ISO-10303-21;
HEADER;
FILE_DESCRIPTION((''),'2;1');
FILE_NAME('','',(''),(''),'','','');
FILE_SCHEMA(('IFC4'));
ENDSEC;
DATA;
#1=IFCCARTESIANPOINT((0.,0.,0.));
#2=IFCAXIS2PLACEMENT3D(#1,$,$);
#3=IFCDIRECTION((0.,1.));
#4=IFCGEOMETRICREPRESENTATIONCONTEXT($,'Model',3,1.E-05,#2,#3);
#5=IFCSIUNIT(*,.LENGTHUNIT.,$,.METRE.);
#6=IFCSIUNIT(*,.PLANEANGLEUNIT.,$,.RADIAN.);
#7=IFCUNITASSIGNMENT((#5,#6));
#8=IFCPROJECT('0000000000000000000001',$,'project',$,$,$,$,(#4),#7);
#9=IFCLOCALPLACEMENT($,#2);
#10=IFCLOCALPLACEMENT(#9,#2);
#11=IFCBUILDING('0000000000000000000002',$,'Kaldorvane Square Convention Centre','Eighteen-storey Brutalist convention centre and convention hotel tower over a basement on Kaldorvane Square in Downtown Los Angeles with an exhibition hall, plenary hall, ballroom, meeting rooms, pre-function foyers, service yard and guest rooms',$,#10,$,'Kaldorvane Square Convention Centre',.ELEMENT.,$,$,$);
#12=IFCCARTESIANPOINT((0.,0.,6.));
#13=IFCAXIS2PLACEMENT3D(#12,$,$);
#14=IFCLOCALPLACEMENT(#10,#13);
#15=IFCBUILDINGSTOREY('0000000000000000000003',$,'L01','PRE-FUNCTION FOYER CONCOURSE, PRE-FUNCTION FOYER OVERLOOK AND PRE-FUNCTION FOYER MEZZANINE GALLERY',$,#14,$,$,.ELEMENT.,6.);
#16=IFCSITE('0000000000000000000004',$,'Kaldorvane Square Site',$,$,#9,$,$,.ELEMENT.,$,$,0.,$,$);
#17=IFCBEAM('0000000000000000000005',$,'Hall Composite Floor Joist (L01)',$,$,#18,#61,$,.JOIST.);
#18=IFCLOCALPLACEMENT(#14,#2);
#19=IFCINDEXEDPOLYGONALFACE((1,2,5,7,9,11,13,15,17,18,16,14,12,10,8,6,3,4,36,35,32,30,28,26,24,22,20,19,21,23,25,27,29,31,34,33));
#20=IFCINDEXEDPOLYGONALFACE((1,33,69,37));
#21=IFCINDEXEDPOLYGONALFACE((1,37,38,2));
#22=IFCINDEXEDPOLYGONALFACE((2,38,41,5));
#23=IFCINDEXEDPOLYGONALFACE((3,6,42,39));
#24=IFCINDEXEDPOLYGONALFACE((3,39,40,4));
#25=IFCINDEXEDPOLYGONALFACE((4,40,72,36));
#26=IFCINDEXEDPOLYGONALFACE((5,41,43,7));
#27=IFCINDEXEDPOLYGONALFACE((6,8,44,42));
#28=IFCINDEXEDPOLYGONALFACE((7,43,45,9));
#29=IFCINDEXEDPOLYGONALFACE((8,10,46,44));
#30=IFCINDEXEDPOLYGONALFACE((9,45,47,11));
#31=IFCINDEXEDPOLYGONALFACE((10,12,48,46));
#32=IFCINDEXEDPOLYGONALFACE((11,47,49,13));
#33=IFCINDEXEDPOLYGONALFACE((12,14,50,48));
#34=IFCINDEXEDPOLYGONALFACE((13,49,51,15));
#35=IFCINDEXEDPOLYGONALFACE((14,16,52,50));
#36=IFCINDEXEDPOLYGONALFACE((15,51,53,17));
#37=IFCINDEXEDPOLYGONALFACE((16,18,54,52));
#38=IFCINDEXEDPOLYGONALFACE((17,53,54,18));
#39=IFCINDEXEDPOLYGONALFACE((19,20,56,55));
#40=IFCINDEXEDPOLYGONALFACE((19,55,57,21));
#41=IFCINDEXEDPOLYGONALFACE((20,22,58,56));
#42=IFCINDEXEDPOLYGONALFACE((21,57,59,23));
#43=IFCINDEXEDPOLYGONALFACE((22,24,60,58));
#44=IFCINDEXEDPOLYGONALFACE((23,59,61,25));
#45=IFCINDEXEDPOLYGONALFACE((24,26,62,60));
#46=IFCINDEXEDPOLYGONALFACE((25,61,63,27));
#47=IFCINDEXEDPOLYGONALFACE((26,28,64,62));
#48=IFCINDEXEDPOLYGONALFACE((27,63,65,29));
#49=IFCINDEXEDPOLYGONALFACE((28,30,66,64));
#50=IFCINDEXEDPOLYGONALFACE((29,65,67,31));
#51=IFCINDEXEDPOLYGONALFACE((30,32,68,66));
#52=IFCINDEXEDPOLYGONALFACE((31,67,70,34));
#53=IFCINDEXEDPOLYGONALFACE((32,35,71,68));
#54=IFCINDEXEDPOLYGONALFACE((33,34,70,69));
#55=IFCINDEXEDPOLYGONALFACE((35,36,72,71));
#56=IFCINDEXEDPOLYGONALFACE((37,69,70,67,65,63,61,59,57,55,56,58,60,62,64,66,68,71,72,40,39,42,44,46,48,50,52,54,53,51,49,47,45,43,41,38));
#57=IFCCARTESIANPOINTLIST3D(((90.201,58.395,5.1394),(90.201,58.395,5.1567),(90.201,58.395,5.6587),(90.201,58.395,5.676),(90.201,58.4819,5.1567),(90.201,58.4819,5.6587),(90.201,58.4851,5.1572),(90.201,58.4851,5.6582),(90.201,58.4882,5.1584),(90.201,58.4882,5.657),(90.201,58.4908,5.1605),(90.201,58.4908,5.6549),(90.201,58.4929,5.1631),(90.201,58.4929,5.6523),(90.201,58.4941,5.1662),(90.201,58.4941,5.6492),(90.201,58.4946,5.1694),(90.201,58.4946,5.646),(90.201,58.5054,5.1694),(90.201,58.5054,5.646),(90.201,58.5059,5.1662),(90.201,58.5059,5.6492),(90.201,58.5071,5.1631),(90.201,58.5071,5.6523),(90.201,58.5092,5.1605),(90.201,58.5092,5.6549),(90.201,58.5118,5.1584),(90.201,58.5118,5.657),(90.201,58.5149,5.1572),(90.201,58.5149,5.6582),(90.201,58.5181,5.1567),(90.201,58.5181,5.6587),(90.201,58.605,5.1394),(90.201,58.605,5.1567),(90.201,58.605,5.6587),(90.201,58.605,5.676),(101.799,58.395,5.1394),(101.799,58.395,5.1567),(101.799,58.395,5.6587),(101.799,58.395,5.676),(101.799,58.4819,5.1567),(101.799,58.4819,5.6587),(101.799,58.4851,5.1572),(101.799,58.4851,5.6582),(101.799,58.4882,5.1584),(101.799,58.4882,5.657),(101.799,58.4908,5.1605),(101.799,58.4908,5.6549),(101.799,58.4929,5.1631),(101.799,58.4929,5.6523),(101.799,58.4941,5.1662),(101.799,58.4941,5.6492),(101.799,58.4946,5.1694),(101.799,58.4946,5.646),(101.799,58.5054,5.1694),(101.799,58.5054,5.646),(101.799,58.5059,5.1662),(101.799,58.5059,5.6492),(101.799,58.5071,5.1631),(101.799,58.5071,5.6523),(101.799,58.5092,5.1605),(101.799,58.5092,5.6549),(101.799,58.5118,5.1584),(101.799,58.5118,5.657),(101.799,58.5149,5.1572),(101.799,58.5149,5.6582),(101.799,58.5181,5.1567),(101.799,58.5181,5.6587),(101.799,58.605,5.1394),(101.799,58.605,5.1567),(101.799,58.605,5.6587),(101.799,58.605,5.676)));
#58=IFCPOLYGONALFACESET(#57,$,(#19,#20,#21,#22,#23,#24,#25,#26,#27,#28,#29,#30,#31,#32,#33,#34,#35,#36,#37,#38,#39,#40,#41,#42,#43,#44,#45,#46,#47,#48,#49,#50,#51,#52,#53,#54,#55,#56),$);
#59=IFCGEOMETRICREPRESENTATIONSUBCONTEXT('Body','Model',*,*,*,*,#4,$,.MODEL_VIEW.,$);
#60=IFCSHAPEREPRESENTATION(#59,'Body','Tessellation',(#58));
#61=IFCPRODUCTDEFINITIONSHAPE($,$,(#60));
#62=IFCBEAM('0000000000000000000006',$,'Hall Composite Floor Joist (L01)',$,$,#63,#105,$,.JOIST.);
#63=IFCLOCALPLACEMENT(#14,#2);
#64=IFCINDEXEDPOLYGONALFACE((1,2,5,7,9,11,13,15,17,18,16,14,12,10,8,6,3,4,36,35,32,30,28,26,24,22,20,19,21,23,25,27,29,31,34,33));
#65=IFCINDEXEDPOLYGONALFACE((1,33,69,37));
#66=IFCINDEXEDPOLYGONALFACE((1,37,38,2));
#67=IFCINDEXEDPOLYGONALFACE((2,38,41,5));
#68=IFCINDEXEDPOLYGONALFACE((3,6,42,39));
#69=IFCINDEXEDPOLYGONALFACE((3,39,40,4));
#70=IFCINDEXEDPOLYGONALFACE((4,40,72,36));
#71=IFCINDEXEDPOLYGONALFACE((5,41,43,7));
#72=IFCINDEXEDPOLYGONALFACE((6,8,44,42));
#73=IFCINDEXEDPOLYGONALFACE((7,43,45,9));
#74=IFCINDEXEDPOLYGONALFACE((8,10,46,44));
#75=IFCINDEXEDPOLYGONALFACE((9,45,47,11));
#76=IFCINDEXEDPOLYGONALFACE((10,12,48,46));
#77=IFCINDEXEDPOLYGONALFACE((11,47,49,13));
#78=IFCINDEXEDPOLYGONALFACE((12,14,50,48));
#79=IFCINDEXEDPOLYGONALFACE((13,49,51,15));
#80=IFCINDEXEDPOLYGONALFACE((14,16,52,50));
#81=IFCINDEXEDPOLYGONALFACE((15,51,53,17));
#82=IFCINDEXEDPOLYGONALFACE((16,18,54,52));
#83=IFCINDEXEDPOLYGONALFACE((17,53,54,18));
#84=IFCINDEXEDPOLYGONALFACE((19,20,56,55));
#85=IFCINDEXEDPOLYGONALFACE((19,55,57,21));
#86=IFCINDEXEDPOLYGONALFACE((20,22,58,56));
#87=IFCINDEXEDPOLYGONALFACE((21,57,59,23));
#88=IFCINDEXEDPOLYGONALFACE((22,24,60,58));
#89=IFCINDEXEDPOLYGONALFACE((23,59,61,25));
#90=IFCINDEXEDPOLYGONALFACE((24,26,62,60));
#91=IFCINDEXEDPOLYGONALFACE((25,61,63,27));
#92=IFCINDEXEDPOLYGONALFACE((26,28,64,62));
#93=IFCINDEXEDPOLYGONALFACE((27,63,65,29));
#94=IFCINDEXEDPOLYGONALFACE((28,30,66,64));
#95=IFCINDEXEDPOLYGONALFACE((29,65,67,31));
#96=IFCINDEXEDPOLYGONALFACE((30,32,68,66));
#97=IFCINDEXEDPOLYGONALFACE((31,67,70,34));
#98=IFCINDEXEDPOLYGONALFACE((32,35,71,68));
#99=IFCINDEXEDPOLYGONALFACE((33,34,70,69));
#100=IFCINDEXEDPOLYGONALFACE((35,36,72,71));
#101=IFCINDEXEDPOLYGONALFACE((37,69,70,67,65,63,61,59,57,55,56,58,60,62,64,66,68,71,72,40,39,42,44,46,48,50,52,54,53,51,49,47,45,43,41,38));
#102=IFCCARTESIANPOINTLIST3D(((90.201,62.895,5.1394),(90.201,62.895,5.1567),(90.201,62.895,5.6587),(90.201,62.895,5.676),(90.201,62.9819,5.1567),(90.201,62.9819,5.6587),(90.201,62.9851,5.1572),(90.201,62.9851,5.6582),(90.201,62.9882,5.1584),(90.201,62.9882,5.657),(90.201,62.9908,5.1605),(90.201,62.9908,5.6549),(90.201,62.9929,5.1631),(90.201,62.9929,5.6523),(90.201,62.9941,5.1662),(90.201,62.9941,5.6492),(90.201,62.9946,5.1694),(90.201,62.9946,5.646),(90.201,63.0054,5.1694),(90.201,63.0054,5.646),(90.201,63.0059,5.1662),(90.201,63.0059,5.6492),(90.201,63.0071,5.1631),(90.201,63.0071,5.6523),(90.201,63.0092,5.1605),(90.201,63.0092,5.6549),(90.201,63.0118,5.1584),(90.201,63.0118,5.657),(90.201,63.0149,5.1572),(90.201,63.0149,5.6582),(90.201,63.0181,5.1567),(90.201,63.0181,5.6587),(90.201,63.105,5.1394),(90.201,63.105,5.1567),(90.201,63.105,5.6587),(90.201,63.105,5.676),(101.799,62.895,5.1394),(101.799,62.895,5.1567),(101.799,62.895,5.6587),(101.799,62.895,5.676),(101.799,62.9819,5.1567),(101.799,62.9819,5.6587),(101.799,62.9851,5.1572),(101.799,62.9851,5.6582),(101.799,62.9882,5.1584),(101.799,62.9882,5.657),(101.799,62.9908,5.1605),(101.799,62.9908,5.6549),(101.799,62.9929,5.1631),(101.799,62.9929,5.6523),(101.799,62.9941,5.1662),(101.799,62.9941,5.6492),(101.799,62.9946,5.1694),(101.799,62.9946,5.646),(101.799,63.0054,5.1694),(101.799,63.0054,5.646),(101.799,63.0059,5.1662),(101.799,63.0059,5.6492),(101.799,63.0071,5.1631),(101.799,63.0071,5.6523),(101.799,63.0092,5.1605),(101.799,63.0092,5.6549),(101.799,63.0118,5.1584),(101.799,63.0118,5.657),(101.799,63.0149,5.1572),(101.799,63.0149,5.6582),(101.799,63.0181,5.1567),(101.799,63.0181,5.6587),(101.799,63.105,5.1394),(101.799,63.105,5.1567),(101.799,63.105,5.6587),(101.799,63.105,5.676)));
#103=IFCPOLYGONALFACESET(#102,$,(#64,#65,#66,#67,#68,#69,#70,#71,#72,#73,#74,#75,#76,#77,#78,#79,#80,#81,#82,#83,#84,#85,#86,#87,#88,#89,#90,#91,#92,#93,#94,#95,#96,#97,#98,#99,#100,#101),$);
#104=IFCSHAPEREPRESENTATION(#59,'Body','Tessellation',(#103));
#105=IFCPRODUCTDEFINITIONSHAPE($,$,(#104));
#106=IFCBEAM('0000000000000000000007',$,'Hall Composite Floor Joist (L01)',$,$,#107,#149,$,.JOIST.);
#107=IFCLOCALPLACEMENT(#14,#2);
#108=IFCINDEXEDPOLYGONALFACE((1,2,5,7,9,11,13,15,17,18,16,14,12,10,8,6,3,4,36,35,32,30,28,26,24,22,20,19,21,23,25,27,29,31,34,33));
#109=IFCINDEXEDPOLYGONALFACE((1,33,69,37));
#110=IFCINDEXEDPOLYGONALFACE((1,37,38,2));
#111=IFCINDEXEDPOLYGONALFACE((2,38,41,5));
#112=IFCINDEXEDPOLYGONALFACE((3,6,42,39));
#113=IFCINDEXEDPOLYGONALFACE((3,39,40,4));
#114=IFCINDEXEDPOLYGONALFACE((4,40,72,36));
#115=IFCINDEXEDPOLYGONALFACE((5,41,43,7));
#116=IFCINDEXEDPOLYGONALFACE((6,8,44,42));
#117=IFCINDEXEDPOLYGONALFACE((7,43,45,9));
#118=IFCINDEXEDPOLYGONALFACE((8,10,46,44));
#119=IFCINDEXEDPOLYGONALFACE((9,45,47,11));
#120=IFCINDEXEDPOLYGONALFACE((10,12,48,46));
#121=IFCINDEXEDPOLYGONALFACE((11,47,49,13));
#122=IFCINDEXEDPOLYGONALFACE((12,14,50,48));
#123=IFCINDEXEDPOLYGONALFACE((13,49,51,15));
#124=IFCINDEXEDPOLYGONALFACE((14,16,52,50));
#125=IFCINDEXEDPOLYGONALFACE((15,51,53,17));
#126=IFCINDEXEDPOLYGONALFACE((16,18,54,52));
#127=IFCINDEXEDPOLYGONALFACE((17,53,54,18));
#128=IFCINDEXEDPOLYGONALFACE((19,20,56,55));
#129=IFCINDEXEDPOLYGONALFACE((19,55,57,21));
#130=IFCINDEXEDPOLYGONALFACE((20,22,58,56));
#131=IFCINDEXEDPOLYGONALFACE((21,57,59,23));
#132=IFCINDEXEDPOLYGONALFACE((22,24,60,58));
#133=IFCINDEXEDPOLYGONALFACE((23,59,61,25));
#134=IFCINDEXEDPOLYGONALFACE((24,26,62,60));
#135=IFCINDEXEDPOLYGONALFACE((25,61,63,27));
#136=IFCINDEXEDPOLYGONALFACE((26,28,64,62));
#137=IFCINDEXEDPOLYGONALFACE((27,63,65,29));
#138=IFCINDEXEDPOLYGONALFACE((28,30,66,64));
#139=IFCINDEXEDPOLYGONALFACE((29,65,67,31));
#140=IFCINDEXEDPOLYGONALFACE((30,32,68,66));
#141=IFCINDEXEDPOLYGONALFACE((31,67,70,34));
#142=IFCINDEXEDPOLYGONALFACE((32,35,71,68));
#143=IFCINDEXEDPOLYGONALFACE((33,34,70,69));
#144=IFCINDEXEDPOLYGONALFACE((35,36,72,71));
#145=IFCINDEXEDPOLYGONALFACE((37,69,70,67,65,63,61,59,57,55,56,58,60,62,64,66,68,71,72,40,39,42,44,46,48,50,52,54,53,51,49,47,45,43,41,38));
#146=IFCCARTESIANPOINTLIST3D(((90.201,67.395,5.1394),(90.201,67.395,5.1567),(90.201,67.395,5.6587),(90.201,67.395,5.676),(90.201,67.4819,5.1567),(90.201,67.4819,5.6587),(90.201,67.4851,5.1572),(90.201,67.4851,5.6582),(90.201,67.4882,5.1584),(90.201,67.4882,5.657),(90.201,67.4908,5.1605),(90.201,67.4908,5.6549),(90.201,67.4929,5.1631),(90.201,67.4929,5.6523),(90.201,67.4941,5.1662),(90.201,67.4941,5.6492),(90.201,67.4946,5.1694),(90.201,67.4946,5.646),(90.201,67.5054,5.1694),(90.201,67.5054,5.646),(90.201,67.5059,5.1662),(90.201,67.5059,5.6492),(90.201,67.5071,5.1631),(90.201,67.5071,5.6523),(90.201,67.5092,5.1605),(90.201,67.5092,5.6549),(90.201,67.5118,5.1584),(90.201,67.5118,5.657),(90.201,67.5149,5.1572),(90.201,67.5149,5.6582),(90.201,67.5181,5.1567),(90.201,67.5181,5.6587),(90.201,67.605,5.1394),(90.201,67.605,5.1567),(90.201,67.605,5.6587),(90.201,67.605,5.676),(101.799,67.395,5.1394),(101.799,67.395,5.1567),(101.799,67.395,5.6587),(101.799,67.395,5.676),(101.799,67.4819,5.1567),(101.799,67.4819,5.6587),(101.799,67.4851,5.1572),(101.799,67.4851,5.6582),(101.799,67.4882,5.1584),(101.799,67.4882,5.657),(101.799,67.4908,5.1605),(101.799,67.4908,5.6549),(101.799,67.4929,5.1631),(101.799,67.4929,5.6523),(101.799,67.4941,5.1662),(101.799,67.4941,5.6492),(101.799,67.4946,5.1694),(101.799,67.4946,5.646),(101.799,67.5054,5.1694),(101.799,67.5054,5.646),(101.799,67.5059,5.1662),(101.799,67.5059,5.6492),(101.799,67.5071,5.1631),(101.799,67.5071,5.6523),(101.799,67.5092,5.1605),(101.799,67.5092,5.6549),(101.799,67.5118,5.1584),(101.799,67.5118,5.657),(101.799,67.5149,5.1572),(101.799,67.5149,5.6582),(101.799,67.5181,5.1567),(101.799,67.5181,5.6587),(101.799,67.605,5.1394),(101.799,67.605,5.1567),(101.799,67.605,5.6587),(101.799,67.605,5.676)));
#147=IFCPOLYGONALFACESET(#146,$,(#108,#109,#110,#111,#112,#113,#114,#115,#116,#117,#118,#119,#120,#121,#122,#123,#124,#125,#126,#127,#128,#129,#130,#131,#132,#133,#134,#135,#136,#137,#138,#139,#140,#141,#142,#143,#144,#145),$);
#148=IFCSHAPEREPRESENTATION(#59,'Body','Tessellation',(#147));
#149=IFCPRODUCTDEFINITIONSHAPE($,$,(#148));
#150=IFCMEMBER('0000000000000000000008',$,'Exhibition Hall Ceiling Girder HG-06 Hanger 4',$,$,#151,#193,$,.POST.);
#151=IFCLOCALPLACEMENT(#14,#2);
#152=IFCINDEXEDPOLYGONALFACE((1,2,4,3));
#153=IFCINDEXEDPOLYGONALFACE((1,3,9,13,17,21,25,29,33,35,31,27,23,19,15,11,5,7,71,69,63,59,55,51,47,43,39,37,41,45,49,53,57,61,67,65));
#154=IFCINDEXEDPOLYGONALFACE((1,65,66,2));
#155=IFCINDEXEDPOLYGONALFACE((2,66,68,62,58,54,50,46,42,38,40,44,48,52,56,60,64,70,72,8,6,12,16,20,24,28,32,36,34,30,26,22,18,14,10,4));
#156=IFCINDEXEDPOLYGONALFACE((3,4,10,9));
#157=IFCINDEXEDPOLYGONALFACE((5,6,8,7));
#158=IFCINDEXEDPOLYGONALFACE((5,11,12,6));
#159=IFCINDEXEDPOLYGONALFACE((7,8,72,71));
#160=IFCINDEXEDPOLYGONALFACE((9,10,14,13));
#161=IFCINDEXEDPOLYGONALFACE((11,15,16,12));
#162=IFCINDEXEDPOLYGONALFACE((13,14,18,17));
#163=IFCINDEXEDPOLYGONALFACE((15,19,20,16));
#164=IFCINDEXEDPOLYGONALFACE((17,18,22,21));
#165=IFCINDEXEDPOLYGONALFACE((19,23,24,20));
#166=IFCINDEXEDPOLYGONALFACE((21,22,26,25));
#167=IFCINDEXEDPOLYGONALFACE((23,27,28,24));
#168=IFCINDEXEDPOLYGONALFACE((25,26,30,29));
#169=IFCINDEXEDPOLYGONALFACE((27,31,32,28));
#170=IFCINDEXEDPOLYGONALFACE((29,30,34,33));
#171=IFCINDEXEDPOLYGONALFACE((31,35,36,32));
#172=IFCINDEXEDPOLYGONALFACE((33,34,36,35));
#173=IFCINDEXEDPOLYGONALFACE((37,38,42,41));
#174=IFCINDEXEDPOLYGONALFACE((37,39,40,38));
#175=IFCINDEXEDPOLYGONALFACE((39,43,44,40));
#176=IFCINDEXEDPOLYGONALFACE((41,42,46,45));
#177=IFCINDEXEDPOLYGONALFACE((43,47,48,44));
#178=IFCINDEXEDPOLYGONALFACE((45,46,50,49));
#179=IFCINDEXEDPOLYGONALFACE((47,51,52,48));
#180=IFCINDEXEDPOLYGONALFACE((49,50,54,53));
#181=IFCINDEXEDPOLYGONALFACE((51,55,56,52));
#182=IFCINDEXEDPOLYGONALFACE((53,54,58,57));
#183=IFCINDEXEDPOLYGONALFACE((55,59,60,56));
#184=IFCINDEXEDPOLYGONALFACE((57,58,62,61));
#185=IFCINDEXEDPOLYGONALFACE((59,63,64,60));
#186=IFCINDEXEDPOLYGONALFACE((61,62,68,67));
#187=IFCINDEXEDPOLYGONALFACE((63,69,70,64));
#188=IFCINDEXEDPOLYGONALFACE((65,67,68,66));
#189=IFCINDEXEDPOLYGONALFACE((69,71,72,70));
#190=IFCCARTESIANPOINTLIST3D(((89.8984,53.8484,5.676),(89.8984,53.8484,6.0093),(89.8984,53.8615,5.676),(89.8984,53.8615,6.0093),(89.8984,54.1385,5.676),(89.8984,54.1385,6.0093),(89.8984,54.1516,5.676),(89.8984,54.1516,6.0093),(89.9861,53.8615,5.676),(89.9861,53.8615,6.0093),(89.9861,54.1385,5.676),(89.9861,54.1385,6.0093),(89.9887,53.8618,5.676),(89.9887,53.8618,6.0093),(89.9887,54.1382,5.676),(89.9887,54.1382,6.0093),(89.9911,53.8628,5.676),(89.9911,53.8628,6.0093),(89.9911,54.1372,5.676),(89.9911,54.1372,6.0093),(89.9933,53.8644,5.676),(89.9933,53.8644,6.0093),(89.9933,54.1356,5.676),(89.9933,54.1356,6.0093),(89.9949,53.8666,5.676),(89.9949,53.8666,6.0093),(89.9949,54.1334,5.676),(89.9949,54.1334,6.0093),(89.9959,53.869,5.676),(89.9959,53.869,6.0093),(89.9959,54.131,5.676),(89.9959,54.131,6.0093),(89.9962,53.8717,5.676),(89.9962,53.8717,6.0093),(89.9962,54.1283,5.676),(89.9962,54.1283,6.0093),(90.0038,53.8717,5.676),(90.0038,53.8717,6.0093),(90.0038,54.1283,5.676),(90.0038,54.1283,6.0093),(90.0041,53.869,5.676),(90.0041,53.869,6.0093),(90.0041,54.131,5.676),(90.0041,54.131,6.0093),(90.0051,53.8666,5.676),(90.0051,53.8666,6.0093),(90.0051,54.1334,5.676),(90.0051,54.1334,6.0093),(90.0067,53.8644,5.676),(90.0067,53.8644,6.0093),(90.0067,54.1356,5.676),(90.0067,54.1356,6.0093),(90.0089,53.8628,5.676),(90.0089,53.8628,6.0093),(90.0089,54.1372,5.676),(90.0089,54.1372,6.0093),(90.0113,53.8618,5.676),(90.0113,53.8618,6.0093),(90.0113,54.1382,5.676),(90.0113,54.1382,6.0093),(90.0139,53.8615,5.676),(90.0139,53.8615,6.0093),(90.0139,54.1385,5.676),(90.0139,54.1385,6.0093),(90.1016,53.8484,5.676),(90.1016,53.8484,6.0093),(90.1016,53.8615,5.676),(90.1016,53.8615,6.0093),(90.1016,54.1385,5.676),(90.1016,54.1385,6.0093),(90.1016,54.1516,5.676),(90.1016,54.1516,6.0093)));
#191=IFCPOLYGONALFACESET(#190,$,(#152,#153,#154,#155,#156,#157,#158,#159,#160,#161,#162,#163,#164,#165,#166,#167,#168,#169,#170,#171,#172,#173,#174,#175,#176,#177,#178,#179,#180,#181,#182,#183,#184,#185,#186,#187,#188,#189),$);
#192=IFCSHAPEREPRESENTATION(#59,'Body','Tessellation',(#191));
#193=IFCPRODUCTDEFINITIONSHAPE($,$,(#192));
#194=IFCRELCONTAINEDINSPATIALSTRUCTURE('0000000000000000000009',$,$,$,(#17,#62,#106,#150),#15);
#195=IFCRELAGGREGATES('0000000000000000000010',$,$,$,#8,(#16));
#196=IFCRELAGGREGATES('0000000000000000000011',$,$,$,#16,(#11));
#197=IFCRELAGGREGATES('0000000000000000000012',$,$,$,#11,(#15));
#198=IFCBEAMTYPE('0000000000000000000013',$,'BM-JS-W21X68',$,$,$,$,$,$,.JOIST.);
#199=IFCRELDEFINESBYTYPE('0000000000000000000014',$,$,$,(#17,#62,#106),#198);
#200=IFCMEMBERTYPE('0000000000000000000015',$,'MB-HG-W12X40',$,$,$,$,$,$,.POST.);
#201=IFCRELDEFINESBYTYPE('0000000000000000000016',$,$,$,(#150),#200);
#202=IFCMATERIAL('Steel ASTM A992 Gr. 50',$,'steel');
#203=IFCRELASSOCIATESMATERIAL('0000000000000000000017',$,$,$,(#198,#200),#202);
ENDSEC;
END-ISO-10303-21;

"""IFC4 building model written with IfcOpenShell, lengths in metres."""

from ifc_helpers import new_model, si_unit, direction, frame, origin, origin_2d, place, context, subcontext, project, spatial, i_section, extrude, material, material_profile, profile_set, type_object, element, save


model = new_model("IFC4")

# Units and contexts
model_context = context("Model", 3, precision=1e-05, world=origin(), true_north=direction((0.0, 1.0)))
body_context = subcontext(model_context, "Body", "Model", "MODEL_VIEW")
ifc_project = project(units=[si_unit("LENGTHUNIT", "METRE"), si_unit("PLANEANGLEUNIT", "RADIAN")], contexts=[model_context])

# Site, building, storey
site_placement = place(None, origin())
site = spatial("IfcSite", under=ifc_project, at=site_placement, Name="Kaldorvane Square Site", CompositionType="ELEMENT", RefElevation=0.0)
building_placement = place(site_placement, origin())
building = spatial("IfcBuilding", under=site, at=building_placement, Name="Kaldorvane Square Convention Centre", Description="Eighteen-storey Brutalist convention centre and convention hotel tower over a basement on Kaldorvane Square in Downtown Los Angeles with an exhibition hall, plenary hall, ballroom, meeting rooms, pre-function foyers, service yard and guest rooms", LongName="Kaldorvane Square Convention Centre", CompositionType="ELEMENT")
storey_placement = place(building_placement, frame((0.0, 0.0, 6.0)))
storey = spatial("IfcBuildingStorey", under=building, at=storey_placement, Name="L01", Description="PRE-FUNCTION FOYER CONCOURSE, PRE-FUNCTION FOYER OVERLOOK AND PRE-FUNCTION FOYER MEZZANINE GALLERY", CompositionType="ELEMENT", Elevation=6.0)

# Beams
ifc_material_1 = material(Name="Steel ASTM A992 Gr. 50", Category="steel")
ifc_material_profile_1 = material_profile(ifc_material_1, i_section(OverallWidth=0.2101, OverallDepth=0.5367, WebThickness=0.0109, FlangeThickness=0.0174, FilletRadius=0.0127, at=origin_2d()), Name="W21X68")
ifc_profile_set_1 = profile_set([ifc_material_profile_1], Name="Steel ASTM A992 Gr. 50")
beam_type_1 = type_object("IfcBeamType", Name="BM-JS-W21X68", PredefinedType="JOIST", material=ifc_profile_set_1)
for number, where, z_axis, x_axis, name in (
    (1, (90.201, 58.5, 5.4077), (1.0, 0.0, 0.0), (0.0, 1.0, 0.0), "Hall Composite Floor Joist (L01)"),
    (2, (90.201, 63.0, 5.4077), (1.0, 0.0, 0.0), (0.0, 1.0, 0.0), "Hall Composite Floor Joist (L01)"),
    (3, (90.201, 67.5, 5.4077), (1.0, 0.0, 0.0), (0.0, 1.0, 0.0), "Hall Composite Floor Joist (L01)"),
):
    element("IfcBeam", number, at=place(storey_placement, frame(where, z_axis=z_axis, x_axis=x_axis)), inside=storey, type_object=beam_type_1, Name=name, PredefinedType="JOIST", context=body_context, shape_type="SweptSolid", body=[
        extrude(i_section(OverallWidth=0.2101, OverallDepth=0.5367, WebThickness=0.0109, FlangeThickness=0.0174, FilletRadius=0.0127, at=origin_2d()), origin(), (0.0, 0.0, 1.0), 11.598),
    ])

# Member
ifc_material_profile_2 = material_profile(ifc_material_1, i_section(OverallWidth=0.2033, OverallDepth=0.3033, WebThickness=0.0075, FlangeThickness=0.0131, FilletRadius=0.0102, at=origin_2d()), Name="W12X40")
ifc_profile_set_2 = profile_set([ifc_material_profile_2], Name="Steel ASTM A992 Gr. 50")
member_type = type_object("IfcMemberType", Name="MB-HG-W12X40", PredefinedType="POST", material=ifc_profile_set_2)
for number, where, z_axis, x_axis, name in (
    (4, (90.0, 54.0, 5.676), (0.0, 0.0, 1.0), (1.0, 0.0, 0.0), "Exhibition Hall Ceiling Girder HG-06 Hanger 4"),
):
    element("IfcMember", number, at=place(storey_placement, frame(where, z_axis=z_axis, x_axis=x_axis)), inside=storey, type_object=member_type, Name=name, PredefinedType="POST", context=body_context, shape_type="SweptSolid", body=[
        extrude(i_section(OverallWidth=0.2033, OverallDepth=0.3033, WebThickness=0.0075, FlangeThickness=0.0131, FilletRadius=0.0102, at=origin_2d()), origin(), (0.0, 0.0, 1.0), 0.3333),
    ])

save(model, "model.ifc")
